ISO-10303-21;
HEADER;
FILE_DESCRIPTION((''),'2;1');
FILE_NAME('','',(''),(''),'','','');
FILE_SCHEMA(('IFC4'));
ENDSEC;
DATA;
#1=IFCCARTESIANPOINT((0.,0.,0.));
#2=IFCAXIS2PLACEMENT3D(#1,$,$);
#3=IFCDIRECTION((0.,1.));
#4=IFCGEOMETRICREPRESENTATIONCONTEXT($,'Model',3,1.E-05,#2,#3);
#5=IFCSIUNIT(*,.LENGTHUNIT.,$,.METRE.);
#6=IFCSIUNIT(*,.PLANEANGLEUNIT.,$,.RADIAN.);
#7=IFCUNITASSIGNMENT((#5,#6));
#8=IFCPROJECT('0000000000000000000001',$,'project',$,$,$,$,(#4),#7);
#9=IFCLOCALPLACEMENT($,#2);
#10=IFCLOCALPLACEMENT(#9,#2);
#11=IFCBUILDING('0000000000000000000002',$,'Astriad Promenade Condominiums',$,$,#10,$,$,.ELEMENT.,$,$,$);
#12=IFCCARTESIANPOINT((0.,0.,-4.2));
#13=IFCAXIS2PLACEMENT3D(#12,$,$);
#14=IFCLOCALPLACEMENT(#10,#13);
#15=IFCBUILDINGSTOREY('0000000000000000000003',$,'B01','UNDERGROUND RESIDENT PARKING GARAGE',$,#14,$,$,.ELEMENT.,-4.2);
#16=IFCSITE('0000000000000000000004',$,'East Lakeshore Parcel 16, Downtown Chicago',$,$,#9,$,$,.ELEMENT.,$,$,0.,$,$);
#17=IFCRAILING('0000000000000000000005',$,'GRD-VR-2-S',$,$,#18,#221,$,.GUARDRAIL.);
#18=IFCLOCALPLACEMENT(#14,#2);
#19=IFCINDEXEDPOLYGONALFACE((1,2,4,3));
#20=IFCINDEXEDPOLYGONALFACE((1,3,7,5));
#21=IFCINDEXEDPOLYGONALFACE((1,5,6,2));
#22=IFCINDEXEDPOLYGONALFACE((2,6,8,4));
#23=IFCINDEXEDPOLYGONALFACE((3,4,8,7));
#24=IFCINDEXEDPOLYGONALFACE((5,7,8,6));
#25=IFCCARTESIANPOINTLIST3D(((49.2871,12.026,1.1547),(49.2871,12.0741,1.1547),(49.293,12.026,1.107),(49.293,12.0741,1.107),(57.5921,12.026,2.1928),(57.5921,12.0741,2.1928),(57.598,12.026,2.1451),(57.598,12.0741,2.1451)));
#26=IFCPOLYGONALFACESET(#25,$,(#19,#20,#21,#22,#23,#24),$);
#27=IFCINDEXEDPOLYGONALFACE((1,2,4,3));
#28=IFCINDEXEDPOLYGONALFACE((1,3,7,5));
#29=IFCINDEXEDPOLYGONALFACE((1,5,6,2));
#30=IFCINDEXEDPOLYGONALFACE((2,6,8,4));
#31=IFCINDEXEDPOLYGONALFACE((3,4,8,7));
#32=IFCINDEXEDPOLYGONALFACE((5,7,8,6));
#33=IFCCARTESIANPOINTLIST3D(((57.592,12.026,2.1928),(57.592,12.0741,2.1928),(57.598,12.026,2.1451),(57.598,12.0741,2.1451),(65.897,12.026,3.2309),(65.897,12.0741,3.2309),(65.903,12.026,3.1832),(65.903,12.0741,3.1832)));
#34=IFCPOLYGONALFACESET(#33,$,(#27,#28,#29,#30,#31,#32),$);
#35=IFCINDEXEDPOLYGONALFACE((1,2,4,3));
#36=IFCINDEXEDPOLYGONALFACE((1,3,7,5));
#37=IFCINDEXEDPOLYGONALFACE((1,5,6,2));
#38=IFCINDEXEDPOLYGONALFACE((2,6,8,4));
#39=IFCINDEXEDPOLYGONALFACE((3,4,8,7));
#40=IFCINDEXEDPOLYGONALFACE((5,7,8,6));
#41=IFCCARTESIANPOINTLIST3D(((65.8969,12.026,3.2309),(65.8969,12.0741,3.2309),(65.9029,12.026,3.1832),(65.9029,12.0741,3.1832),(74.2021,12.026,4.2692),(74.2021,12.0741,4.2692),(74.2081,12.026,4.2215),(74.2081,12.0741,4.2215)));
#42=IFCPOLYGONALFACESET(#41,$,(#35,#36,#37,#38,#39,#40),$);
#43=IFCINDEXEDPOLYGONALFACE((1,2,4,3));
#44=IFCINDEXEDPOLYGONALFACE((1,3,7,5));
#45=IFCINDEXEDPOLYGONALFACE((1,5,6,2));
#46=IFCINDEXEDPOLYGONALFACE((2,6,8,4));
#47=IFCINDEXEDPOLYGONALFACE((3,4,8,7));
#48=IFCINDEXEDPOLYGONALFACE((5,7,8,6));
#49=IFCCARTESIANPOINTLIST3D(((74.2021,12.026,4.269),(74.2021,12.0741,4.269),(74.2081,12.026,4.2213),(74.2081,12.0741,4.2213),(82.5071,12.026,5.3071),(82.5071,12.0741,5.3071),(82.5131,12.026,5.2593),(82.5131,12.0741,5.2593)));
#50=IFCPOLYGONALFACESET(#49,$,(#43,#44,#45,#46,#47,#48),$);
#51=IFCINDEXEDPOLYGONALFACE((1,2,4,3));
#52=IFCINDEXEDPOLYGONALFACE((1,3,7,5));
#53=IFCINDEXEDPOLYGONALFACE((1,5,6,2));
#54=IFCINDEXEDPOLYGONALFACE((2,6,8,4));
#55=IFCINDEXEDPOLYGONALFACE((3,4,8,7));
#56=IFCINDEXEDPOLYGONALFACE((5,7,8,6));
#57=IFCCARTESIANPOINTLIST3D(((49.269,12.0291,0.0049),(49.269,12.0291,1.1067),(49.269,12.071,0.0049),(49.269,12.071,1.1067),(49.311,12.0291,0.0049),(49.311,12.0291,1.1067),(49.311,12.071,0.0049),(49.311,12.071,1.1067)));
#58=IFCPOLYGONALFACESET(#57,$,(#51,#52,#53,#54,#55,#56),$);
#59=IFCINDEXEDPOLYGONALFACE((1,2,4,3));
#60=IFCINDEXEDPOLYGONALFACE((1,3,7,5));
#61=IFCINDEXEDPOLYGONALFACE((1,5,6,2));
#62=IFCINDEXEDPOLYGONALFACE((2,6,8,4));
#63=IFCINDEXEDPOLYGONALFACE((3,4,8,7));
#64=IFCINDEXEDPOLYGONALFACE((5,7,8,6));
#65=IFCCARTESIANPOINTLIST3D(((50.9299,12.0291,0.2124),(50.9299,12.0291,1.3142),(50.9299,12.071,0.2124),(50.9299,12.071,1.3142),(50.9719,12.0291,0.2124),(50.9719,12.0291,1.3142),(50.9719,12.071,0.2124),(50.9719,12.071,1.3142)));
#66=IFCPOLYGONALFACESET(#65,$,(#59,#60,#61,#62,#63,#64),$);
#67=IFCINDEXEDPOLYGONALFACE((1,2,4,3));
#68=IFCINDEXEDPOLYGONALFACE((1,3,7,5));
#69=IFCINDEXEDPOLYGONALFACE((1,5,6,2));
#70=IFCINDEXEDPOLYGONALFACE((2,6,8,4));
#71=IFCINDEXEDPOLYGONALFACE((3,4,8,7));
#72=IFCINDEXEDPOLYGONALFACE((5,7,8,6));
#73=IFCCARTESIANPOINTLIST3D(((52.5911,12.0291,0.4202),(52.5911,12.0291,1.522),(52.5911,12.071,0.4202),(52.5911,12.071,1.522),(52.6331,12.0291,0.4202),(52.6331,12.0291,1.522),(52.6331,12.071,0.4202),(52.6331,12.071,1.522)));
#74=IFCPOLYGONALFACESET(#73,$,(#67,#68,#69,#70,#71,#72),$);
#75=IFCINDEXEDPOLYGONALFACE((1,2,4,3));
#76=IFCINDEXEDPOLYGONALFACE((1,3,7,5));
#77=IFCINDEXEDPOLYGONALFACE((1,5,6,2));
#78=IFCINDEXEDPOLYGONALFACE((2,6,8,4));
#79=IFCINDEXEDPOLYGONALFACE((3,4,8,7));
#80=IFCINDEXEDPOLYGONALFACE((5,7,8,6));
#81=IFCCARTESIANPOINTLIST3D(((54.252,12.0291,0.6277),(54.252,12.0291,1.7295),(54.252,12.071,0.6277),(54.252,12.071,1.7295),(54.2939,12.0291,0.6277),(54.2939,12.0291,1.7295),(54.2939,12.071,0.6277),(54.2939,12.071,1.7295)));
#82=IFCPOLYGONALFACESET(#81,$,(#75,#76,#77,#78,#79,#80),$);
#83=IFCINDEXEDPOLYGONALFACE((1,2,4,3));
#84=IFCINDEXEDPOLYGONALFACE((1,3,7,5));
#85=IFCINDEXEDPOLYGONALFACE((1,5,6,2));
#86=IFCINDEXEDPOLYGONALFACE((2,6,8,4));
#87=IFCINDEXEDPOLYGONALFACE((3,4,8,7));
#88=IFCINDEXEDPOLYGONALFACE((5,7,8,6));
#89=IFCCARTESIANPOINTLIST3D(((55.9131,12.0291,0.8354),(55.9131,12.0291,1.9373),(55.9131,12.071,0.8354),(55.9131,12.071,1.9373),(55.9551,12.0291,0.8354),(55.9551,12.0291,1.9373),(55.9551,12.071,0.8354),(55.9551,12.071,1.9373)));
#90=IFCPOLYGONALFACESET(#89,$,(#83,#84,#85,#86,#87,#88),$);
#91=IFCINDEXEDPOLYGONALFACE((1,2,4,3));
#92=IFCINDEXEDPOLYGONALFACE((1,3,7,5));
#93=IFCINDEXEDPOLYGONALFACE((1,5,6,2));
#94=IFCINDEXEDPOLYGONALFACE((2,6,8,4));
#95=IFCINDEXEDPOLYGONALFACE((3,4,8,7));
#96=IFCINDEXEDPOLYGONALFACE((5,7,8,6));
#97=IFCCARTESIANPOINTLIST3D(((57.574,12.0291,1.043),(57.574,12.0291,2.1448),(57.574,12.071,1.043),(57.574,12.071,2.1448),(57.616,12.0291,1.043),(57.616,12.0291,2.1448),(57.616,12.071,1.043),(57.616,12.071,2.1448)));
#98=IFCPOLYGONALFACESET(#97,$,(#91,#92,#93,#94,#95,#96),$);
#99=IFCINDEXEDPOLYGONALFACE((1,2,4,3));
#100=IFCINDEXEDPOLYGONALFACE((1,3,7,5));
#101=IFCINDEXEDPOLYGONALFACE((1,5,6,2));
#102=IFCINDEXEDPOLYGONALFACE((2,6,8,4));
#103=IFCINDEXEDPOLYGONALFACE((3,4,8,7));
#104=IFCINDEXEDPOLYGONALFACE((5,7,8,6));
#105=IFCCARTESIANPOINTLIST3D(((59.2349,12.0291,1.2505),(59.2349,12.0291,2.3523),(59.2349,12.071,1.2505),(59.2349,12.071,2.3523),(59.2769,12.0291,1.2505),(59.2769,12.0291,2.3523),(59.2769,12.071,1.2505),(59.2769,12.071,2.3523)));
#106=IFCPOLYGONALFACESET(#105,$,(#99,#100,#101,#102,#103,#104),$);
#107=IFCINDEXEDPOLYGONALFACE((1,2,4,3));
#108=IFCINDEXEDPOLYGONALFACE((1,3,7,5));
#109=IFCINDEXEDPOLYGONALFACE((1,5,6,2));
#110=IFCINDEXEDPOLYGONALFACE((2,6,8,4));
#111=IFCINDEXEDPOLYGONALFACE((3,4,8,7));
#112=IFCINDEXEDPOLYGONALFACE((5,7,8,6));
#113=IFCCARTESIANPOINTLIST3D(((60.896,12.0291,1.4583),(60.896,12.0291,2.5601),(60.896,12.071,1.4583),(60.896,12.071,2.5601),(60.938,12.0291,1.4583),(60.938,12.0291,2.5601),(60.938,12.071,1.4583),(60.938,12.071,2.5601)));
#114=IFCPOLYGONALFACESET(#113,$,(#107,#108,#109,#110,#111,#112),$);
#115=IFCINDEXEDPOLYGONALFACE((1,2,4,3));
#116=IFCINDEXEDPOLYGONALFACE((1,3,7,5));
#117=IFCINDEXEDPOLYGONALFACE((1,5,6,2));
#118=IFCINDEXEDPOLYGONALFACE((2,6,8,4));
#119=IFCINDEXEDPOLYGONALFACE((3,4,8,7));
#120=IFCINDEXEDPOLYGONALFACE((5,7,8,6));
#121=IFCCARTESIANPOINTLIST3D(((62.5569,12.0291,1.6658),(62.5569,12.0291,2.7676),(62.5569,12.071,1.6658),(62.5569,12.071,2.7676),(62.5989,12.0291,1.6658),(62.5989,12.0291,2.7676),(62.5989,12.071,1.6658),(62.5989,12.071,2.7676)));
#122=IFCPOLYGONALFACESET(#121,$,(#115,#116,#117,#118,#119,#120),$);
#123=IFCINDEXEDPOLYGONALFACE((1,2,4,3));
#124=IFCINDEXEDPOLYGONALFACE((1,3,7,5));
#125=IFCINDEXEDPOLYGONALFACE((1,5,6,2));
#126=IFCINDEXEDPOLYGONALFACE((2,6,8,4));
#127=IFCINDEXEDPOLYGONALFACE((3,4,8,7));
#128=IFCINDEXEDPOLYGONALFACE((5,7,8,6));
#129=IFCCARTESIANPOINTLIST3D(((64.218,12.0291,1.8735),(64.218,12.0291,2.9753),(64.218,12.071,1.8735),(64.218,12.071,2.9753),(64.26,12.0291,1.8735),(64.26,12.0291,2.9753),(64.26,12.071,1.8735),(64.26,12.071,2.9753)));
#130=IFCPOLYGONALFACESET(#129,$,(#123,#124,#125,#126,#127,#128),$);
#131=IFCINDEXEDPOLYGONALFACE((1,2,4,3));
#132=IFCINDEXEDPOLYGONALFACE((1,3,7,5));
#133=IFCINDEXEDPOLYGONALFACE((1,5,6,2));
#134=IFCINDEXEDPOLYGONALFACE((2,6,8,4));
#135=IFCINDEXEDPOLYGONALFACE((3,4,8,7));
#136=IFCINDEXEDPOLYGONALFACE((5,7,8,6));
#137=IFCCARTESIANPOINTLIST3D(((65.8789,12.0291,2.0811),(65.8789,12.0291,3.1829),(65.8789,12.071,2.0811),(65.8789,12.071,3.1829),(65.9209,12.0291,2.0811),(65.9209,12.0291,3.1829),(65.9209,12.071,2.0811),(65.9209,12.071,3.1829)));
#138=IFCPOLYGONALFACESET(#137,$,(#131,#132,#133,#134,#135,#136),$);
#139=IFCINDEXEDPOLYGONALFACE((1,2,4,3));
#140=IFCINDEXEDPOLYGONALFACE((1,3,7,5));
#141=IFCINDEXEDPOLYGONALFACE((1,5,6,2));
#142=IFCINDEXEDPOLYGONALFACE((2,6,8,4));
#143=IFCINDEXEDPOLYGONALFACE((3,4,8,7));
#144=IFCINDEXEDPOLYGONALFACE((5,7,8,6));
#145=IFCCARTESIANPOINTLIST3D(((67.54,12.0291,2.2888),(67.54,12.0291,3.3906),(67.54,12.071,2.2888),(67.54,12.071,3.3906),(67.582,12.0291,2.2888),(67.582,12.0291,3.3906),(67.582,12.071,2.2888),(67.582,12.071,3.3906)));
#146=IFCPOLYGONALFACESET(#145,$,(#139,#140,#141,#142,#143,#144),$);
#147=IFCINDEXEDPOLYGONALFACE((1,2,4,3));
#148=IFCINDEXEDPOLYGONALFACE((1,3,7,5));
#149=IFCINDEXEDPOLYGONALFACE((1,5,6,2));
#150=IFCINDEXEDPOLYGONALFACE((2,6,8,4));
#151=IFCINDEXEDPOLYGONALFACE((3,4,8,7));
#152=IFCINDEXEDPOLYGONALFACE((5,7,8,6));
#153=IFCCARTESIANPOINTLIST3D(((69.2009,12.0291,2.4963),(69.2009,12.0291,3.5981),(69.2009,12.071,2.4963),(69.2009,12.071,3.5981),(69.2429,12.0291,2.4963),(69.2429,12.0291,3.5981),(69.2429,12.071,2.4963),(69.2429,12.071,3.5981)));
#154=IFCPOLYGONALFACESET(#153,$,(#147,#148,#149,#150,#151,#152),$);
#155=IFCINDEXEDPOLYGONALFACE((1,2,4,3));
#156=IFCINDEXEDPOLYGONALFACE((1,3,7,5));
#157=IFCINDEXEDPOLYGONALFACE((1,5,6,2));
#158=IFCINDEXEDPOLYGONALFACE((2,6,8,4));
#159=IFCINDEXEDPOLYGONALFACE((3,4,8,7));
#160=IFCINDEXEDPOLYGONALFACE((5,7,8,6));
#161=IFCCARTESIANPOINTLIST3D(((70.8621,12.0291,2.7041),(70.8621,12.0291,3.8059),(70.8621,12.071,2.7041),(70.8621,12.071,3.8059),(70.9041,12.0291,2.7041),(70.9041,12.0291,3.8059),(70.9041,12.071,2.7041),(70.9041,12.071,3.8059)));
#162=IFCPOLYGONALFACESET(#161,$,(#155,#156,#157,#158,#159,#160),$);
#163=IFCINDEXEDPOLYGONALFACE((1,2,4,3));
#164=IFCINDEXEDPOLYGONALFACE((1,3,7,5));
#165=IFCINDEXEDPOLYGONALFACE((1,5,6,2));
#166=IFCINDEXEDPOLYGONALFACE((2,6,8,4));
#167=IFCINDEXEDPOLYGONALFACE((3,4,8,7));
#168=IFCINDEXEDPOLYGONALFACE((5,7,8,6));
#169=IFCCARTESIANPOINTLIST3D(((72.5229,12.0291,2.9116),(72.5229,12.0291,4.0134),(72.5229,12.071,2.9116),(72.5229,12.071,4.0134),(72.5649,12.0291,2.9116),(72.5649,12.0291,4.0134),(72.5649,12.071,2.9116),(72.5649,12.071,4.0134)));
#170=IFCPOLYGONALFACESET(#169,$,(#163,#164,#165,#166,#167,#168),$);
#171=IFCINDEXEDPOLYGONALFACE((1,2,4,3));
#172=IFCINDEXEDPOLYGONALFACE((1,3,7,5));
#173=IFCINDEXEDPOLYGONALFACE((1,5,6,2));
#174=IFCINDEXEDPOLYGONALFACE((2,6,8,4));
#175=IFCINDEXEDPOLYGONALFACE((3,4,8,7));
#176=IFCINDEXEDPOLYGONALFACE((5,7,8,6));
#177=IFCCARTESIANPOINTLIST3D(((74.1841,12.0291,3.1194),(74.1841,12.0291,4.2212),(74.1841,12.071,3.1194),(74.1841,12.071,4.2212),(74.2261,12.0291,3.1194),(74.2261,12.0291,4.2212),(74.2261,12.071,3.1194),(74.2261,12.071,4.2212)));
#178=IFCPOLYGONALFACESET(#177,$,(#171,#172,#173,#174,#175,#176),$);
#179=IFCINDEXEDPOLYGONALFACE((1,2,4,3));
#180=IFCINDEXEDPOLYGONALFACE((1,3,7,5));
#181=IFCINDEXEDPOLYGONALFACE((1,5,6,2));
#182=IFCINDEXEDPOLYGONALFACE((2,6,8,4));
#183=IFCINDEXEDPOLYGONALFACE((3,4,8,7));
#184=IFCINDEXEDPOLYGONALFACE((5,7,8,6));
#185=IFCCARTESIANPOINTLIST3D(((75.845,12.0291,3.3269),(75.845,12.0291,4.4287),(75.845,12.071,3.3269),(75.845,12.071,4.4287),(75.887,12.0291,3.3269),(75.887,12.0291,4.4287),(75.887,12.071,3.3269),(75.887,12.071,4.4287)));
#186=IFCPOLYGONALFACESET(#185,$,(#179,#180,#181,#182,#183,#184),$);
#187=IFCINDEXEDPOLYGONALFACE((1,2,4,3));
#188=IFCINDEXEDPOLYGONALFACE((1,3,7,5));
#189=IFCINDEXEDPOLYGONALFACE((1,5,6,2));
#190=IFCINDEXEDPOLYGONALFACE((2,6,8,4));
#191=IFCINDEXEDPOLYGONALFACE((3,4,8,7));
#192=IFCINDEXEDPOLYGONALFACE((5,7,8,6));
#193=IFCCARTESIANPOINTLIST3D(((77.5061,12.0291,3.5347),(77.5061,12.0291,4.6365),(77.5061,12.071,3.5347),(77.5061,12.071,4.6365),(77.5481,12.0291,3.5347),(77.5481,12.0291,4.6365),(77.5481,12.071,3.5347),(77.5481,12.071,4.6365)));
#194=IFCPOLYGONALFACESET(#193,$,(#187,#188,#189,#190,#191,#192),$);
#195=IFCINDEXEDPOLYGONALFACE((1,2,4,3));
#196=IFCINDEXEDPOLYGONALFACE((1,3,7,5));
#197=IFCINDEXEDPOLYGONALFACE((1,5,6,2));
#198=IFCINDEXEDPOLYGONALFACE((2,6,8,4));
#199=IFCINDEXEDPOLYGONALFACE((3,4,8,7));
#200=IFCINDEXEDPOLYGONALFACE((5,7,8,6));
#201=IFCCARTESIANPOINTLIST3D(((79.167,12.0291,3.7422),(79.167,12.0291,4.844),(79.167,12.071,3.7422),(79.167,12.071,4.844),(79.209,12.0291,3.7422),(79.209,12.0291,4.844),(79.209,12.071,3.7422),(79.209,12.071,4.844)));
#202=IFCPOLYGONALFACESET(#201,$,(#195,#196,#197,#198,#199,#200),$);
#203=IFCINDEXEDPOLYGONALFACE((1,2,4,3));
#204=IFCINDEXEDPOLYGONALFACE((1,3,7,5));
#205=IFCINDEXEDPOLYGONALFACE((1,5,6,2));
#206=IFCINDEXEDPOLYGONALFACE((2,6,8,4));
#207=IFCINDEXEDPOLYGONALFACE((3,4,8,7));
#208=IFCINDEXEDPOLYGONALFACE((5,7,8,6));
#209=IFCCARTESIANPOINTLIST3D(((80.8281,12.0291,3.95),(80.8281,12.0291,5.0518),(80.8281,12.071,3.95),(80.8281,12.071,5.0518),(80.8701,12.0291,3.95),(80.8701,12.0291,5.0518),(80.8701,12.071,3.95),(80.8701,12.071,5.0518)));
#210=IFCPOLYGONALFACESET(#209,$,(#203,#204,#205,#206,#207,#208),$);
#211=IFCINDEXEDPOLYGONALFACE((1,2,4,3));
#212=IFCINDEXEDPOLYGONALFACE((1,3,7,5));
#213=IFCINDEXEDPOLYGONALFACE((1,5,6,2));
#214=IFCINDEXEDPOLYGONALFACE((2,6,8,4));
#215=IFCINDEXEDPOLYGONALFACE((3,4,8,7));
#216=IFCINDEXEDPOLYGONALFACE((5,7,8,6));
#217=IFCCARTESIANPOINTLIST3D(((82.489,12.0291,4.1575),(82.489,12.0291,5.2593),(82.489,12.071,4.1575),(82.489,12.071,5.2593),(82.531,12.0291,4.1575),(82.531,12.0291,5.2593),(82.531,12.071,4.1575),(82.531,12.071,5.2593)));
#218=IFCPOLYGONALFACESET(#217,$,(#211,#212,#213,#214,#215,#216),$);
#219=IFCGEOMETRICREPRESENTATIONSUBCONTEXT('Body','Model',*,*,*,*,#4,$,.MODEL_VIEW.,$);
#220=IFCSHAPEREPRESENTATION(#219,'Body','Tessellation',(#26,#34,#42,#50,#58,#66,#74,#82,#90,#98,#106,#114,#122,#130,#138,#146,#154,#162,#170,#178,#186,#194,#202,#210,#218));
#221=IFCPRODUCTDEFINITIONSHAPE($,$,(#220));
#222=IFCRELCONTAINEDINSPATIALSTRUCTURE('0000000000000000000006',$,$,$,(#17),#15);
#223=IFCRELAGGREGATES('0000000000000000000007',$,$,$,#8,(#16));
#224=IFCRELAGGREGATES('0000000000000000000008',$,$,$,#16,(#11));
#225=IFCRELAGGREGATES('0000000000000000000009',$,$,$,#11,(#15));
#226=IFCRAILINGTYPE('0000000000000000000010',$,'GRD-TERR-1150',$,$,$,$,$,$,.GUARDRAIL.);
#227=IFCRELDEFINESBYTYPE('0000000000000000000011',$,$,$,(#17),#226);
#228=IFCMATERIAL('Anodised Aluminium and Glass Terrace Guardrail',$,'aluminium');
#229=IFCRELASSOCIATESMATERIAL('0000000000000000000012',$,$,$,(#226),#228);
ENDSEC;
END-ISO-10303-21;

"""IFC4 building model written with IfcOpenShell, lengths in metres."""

from ifc_helpers import new_model, si_unit, direction, frame, origin, origin_2d, place, context, subcontext, project, spatial, rectangle, extrude, source, transform, mapped, material, type_object, type_shapes, element, save


model = new_model("IFC4")

# Units and contexts
model_context = context("Model", 3, precision=1e-05, world=origin(), true_north=direction((0.0, 1.0)))
body_context = subcontext(model_context, "Body", "Model", "MODEL_VIEW")
ifc_project = project(units=[si_unit("LENGTHUNIT", "METRE"), si_unit("PLANEANGLEUNIT", "RADIAN")], contexts=[model_context])

# Site, building, storey
site_placement = place(None, origin())
site = spatial("IfcSite", under=ifc_project, at=site_placement, Name="East Lakeshore Parcel 16, Downtown Chicago", CompositionType="ELEMENT", RefElevation=0.0)
building_placement = place(site_placement, origin())
building = spatial("IfcBuilding", under=site, at=building_placement, Name="Astriad Promenade Condominiums", CompositionType="ELEMENT")
storey_placement = place(building_placement, frame((0.0, 0.0, -4.2)))
storey = spatial("IfcBuildingStorey", under=building, at=storey_placement, Name="B01", Description="UNDERGROUND RESIDENT PARKING GARAGE", CompositionType="ELEMENT", Elevation=-4.2)

# Railing
ifc_material_1 = material(Name="Anodised Aluminium and Glass Terrace Guardrail", Category="aluminium")
railing_type = type_object("IfcRailingType", Name="GRD-TERR-1150", PredefinedType="GUARDRAIL", material=ifc_material_1)
shared_shape_1 = source(origin(), body_context, "Body", "SweptSolid", [
    extrude(rectangle(XDim=0.0481, YDim=0.0481, at=origin_2d()), frame((0.0, 0.0, 1.126), z_axis=(0.992278, 0.0, 0.124031), x_axis=(0.0, 1.0, 0.0)), (0.0, 0.0, 1.0), 8.3696),
    extrude(rectangle(XDim=0.0481, YDim=0.0481, at=origin_2d()), frame((8.3049, 0.0, 2.1641), z_axis=(0.992278, 0.0, 0.124031), x_axis=(0.0, 1.0, 0.0)), (0.0, 0.0, 1.0), 8.3696),
    extrude(rectangle(XDim=0.0481, YDim=0.0481, at=origin_2d()), frame((16.6099, 0.0, 3.2021), z_axis=(0.992275, 0.0, 0.124056), x_axis=(0.0, 1.0, 0.0)), (0.0, 0.0, 1.0), 8.3699),
    extrude(rectangle(XDim=0.0481, YDim=0.0481, at=origin_2d()), frame((24.915, 0.0, 4.2402), z_axis=(0.992278, 0.0, 0.124031), x_axis=(0.0, 1.0, 0.0)), (0.0, 0.0, 1.0), 8.3696),
    extrude(rectangle(XDim=0.042, YDim=0.042, at=origin_2d()), origin(), (0.0, 0.0, 1.0), 1.1018),
    extrude(rectangle(XDim=0.042, YDim=0.042, at=origin_2d()), frame((1.6609, 0.0, 0.2075)), (0.0, 0.0, 1.0), 1.1018),
    extrude(rectangle(XDim=0.042, YDim=0.042, at=origin_2d()), frame((3.322, 0.0, 0.4153)), (0.0, 0.0, 1.0), 1.1018),
    extrude(rectangle(XDim=0.042, YDim=0.042, at=origin_2d()), frame((4.9829, 0.0, 0.6228)), (0.0, 0.0, 1.0), 1.1018),
    extrude(rectangle(XDim=0.042, YDim=0.042, at=origin_2d()), frame((6.644, 0.0, 0.8306)), (0.0, 0.0, 1.0), 1.1018),
    extrude(rectangle(XDim=0.042, YDim=0.042, at=origin_2d()), frame((8.3049, 0.0, 1.0381)), (0.0, 0.0, 1.0), 1.1018),
    extrude(rectangle(XDim=0.042, YDim=0.042, at=origin_2d()), frame((9.9658, 0.0, 1.2456)), (0.0, 0.0, 1.0), 1.1018),
    extrude(rectangle(XDim=0.042, YDim=0.042, at=origin_2d()), frame((11.627, 0.0, 1.4534)), (0.0, 0.0, 1.0), 1.1018),
    extrude(rectangle(XDim=0.042, YDim=0.042, at=origin_2d()), frame((13.2878, 0.0, 1.6609)), (0.0, 0.0, 1.0), 1.1018),
    extrude(rectangle(XDim=0.042, YDim=0.042, at=origin_2d()), frame((14.949, 0.0, 1.8687)), (0.0, 0.0, 1.0), 1.1018),
    extrude(rectangle(XDim=0.042, YDim=0.042, at=origin_2d()), frame((16.6099, 0.0, 2.0762)), (0.0, 0.0, 1.0), 1.1018),
    extrude(rectangle(XDim=0.042, YDim=0.042, at=origin_2d()), frame((18.271, 0.0, 2.2839)), (0.0, 0.0, 1.0), 1.1018),
    extrude(rectangle(XDim=0.042, YDim=0.042, at=origin_2d()), frame((19.9319, 0.0, 2.4915)), (0.0, 0.0, 1.0), 1.1018),
    extrude(rectangle(XDim=0.042, YDim=0.042, at=origin_2d()), frame((21.593, 0.0, 2.6992)), (0.0, 0.0, 1.0), 1.1018),
    extrude(rectangle(XDim=0.042, YDim=0.042, at=origin_2d()), frame((23.2539, 0.0, 2.9067)), (0.0, 0.0, 1.0), 1.1018),
    extrude(rectangle(XDim=0.042, YDim=0.042, at=origin_2d()), frame((24.915, 0.0, 3.1145)), (0.0, 0.0, 1.0), 1.1018),
    extrude(rectangle(XDim=0.042, YDim=0.042, at=origin_2d()), frame((26.5759, 0.0, 3.322)), (0.0, 0.0, 1.0), 1.1018),
    extrude(rectangle(XDim=0.042, YDim=0.042, at=origin_2d()), frame((28.2371, 0.0, 3.5298)), (0.0, 0.0, 1.0), 1.1018),
    extrude(rectangle(XDim=0.042, YDim=0.042, at=origin_2d()), frame((29.8979, 0.0, 3.7373)), (0.0, 0.0, 1.0), 1.1018),
    extrude(rectangle(XDim=0.042, YDim=0.042, at=origin_2d()), frame((31.5591, 0.0, 3.9451)), (0.0, 0.0, 1.0), 1.1018),
    extrude(rectangle(XDim=0.042, YDim=0.042, at=origin_2d()), frame((33.22, 0.0, 4.1526)), (0.0, 0.0, 1.0), 1.1018),
])
type_shapes(railing_type, [shared_shape_1])
for number, where, name in (
    (1, (49.29, 12.05, 0.0049), "GRD-VR-2-S"),
):
    element("IfcRailing", number, at=place(storey_placement, frame(where)), inside=storey, type_object=railing_type, Name=name, PredefinedType="GUARDRAIL", context=body_context, shape_type="MappedRepresentation", body=[
        mapped(shared_shape_1, transform((0.0, 0.0, 0.0), scale=1.0)),
    ])

save(model, "model.ifc")
